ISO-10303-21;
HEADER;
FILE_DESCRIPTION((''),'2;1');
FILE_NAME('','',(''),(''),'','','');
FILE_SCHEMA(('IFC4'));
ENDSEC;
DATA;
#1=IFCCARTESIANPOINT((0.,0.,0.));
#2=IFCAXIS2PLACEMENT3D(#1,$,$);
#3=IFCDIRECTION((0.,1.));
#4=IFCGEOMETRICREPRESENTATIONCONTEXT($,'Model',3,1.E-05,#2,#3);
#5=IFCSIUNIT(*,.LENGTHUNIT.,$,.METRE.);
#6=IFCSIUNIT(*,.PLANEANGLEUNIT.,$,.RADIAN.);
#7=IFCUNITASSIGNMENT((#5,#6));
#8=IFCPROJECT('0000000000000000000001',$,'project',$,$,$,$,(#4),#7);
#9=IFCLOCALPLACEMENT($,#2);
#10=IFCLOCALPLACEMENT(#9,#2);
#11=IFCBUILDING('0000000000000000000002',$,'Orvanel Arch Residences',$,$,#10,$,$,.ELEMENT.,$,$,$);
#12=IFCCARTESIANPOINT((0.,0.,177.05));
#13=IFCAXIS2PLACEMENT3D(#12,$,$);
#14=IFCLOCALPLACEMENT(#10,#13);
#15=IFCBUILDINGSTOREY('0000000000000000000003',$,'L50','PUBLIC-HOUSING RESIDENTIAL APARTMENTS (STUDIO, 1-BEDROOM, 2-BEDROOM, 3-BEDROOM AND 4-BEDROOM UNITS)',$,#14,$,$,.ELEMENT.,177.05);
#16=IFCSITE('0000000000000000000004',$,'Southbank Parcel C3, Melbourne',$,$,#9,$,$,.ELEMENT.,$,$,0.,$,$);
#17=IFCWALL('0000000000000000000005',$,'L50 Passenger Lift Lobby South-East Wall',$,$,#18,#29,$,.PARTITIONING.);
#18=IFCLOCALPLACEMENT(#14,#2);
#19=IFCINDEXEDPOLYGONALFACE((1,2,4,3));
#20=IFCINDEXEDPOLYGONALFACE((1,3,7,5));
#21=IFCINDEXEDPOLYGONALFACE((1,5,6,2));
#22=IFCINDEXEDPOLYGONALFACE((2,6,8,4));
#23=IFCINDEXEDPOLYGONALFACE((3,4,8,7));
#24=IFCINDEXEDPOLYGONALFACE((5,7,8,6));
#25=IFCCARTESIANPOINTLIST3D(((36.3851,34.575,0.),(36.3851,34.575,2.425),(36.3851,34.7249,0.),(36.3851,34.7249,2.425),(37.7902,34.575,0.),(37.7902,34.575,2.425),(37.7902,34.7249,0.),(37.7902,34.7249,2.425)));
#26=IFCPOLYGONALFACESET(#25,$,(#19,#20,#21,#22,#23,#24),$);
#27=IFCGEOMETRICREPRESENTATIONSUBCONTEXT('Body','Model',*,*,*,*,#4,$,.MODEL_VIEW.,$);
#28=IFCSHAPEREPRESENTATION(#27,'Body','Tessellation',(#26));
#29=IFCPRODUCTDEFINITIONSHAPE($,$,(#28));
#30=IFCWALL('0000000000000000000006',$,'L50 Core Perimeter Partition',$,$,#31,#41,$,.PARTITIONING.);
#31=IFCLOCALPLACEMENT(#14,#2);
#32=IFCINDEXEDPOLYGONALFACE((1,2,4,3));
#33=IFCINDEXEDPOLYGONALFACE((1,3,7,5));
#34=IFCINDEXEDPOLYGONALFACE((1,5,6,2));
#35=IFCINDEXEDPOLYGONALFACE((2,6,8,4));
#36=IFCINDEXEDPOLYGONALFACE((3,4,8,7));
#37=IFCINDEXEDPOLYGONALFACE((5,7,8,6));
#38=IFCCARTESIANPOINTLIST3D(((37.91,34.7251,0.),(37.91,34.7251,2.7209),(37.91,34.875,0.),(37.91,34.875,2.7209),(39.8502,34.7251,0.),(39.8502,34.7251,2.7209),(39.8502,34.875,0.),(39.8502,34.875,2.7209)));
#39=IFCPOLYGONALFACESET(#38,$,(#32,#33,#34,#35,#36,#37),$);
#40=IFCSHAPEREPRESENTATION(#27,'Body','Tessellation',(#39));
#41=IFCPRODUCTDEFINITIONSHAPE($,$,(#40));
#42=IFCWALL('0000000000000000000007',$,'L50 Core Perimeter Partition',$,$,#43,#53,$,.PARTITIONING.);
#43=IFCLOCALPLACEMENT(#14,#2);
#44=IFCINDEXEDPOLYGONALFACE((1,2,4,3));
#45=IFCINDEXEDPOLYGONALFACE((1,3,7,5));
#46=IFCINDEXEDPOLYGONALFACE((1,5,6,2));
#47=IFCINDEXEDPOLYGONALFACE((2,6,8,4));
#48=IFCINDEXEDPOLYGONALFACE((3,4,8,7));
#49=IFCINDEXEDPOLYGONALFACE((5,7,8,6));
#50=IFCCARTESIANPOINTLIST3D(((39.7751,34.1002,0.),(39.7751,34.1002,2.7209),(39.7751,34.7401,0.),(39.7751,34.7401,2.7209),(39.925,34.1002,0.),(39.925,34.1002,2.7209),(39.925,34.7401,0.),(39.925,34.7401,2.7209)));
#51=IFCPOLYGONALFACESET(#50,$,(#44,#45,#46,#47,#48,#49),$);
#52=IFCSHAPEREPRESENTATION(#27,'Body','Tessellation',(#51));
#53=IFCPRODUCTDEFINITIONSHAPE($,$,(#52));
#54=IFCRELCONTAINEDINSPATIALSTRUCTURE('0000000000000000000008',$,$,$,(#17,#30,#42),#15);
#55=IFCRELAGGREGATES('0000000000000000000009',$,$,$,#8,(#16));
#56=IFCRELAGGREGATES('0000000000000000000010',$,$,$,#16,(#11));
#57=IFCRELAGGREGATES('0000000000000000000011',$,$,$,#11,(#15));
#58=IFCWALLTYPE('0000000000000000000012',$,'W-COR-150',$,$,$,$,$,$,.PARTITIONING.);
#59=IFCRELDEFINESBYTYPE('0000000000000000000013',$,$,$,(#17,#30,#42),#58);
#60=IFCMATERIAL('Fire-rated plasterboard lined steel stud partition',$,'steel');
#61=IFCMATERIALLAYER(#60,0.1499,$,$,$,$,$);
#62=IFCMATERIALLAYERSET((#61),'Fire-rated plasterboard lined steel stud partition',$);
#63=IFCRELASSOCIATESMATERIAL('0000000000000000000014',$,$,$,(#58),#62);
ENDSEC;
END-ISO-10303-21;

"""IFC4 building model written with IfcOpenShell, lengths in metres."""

from ifc_helpers import new_model, si_unit, direction, frame, frame_2d, origin, place, context, subcontext, project, spatial, rectangle, extrude, material, layer, layer_set, type_object, element, save


model = new_model("IFC4")

# Units and contexts
model_context = context("Model", 3, precision=1e-05, world=origin(), true_north=direction((0.0, 1.0)))
body_context = subcontext(model_context, "Body", "Model", "MODEL_VIEW")
ifc_project = project(units=[si_unit("LENGTHUNIT", "METRE"), si_unit("PLANEANGLEUNIT", "RADIAN")], contexts=[model_context])

# Site, building, storey
site_placement = place(None, origin())
site = spatial("IfcSite", under=ifc_project, at=site_placement, Name="Southbank Parcel C3, Melbourne", CompositionType="ELEMENT", RefElevation=0.0)
building_placement = place(site_placement, origin())
building = spatial("IfcBuilding", under=site, at=building_placement, Name="Orvanel Arch Residences", CompositionType="ELEMENT")
storey_placement = place(building_placement, frame((0.0, 0.0, 177.05)))
storey = spatial("IfcBuildingStorey", under=building, at=storey_placement, Name="L50", Description="PUBLIC-HOUSING RESIDENTIAL APARTMENTS (STUDIO, 1-BEDROOM, 2-BEDROOM, 3-BEDROOM AND 4-BEDROOM UNITS)", CompositionType="ELEMENT", Elevation=177.05)

# Walls
ifc_material_1 = material(Name="Fire-rated plasterboard lined steel stud partition", Category="steel")
ifc_layer_1 = layer(ifc_material_1, 0.1499)
ifc_layer_set_1 = layer_set([ifc_layer_1], Name="Fire-rated plasterboard lined steel stud partition")
wall_type_1 = type_object("IfcWallType", Name="W-COR-150", PredefinedType="PARTITIONING", material=ifc_layer_set_1)
wall_1_placement = place(storey_placement, frame((36.385, 34.6499, 0.0), z_axis=(0.0, 0.0, 1.0), x_axis=(1.0, 0.0, 0.0)))
element("IfcWall", 1, at=wall_1_placement, inside=storey, type_object=wall_type_1, Name="L50 Passenger Lift Lobby South-East Wall", PredefinedType="PARTITIONING", context=body_context, shape_type="SweptSolid", body=[
    extrude(rectangle(XDim=1.405, YDim=0.1499, at=frame_2d((0.7026, 0.0))), origin(), (0.0, 0.0, 1.0), 2.425),
])
wall_2_placement = place(storey_placement, frame((37.9099, 34.8, 0.0), z_axis=(0.0, 0.0, 1.0), x_axis=(1.0, 0.0, 0.0)))
element("IfcWall", 2, at=wall_2_placement, inside=storey, type_object=wall_type_1, Name="L50 Core Perimeter Partition", PredefinedType="PARTITIONING", context=body_context, shape_type="SweptSolid", body=[
    extrude(rectangle(XDim=1.9402, YDim=0.1499, at=frame_2d((0.9702, 0.0))), origin(), (0.0, 0.0, 1.0), 2.7209),
])
wall_3_placement = place(storey_placement, frame((39.8501, 34.74, 0.0), z_axis=(0.0, 0.0, 1.0), x_axis=(0.0, -1.0, 0.0)))
element("IfcWall", 3, at=wall_3_placement, inside=storey, type_object=wall_type_1, Name="L50 Core Perimeter Partition", PredefinedType="PARTITIONING", context=body_context, shape_type="SweptSolid", body=[
    extrude(rectangle(XDim=0.6399, YDim=0.1499, at=frame_2d((0.3198, 0.0))), origin(), (0.0, 0.0, 1.0), 2.7209),
])

save(model, "model.ifc")
